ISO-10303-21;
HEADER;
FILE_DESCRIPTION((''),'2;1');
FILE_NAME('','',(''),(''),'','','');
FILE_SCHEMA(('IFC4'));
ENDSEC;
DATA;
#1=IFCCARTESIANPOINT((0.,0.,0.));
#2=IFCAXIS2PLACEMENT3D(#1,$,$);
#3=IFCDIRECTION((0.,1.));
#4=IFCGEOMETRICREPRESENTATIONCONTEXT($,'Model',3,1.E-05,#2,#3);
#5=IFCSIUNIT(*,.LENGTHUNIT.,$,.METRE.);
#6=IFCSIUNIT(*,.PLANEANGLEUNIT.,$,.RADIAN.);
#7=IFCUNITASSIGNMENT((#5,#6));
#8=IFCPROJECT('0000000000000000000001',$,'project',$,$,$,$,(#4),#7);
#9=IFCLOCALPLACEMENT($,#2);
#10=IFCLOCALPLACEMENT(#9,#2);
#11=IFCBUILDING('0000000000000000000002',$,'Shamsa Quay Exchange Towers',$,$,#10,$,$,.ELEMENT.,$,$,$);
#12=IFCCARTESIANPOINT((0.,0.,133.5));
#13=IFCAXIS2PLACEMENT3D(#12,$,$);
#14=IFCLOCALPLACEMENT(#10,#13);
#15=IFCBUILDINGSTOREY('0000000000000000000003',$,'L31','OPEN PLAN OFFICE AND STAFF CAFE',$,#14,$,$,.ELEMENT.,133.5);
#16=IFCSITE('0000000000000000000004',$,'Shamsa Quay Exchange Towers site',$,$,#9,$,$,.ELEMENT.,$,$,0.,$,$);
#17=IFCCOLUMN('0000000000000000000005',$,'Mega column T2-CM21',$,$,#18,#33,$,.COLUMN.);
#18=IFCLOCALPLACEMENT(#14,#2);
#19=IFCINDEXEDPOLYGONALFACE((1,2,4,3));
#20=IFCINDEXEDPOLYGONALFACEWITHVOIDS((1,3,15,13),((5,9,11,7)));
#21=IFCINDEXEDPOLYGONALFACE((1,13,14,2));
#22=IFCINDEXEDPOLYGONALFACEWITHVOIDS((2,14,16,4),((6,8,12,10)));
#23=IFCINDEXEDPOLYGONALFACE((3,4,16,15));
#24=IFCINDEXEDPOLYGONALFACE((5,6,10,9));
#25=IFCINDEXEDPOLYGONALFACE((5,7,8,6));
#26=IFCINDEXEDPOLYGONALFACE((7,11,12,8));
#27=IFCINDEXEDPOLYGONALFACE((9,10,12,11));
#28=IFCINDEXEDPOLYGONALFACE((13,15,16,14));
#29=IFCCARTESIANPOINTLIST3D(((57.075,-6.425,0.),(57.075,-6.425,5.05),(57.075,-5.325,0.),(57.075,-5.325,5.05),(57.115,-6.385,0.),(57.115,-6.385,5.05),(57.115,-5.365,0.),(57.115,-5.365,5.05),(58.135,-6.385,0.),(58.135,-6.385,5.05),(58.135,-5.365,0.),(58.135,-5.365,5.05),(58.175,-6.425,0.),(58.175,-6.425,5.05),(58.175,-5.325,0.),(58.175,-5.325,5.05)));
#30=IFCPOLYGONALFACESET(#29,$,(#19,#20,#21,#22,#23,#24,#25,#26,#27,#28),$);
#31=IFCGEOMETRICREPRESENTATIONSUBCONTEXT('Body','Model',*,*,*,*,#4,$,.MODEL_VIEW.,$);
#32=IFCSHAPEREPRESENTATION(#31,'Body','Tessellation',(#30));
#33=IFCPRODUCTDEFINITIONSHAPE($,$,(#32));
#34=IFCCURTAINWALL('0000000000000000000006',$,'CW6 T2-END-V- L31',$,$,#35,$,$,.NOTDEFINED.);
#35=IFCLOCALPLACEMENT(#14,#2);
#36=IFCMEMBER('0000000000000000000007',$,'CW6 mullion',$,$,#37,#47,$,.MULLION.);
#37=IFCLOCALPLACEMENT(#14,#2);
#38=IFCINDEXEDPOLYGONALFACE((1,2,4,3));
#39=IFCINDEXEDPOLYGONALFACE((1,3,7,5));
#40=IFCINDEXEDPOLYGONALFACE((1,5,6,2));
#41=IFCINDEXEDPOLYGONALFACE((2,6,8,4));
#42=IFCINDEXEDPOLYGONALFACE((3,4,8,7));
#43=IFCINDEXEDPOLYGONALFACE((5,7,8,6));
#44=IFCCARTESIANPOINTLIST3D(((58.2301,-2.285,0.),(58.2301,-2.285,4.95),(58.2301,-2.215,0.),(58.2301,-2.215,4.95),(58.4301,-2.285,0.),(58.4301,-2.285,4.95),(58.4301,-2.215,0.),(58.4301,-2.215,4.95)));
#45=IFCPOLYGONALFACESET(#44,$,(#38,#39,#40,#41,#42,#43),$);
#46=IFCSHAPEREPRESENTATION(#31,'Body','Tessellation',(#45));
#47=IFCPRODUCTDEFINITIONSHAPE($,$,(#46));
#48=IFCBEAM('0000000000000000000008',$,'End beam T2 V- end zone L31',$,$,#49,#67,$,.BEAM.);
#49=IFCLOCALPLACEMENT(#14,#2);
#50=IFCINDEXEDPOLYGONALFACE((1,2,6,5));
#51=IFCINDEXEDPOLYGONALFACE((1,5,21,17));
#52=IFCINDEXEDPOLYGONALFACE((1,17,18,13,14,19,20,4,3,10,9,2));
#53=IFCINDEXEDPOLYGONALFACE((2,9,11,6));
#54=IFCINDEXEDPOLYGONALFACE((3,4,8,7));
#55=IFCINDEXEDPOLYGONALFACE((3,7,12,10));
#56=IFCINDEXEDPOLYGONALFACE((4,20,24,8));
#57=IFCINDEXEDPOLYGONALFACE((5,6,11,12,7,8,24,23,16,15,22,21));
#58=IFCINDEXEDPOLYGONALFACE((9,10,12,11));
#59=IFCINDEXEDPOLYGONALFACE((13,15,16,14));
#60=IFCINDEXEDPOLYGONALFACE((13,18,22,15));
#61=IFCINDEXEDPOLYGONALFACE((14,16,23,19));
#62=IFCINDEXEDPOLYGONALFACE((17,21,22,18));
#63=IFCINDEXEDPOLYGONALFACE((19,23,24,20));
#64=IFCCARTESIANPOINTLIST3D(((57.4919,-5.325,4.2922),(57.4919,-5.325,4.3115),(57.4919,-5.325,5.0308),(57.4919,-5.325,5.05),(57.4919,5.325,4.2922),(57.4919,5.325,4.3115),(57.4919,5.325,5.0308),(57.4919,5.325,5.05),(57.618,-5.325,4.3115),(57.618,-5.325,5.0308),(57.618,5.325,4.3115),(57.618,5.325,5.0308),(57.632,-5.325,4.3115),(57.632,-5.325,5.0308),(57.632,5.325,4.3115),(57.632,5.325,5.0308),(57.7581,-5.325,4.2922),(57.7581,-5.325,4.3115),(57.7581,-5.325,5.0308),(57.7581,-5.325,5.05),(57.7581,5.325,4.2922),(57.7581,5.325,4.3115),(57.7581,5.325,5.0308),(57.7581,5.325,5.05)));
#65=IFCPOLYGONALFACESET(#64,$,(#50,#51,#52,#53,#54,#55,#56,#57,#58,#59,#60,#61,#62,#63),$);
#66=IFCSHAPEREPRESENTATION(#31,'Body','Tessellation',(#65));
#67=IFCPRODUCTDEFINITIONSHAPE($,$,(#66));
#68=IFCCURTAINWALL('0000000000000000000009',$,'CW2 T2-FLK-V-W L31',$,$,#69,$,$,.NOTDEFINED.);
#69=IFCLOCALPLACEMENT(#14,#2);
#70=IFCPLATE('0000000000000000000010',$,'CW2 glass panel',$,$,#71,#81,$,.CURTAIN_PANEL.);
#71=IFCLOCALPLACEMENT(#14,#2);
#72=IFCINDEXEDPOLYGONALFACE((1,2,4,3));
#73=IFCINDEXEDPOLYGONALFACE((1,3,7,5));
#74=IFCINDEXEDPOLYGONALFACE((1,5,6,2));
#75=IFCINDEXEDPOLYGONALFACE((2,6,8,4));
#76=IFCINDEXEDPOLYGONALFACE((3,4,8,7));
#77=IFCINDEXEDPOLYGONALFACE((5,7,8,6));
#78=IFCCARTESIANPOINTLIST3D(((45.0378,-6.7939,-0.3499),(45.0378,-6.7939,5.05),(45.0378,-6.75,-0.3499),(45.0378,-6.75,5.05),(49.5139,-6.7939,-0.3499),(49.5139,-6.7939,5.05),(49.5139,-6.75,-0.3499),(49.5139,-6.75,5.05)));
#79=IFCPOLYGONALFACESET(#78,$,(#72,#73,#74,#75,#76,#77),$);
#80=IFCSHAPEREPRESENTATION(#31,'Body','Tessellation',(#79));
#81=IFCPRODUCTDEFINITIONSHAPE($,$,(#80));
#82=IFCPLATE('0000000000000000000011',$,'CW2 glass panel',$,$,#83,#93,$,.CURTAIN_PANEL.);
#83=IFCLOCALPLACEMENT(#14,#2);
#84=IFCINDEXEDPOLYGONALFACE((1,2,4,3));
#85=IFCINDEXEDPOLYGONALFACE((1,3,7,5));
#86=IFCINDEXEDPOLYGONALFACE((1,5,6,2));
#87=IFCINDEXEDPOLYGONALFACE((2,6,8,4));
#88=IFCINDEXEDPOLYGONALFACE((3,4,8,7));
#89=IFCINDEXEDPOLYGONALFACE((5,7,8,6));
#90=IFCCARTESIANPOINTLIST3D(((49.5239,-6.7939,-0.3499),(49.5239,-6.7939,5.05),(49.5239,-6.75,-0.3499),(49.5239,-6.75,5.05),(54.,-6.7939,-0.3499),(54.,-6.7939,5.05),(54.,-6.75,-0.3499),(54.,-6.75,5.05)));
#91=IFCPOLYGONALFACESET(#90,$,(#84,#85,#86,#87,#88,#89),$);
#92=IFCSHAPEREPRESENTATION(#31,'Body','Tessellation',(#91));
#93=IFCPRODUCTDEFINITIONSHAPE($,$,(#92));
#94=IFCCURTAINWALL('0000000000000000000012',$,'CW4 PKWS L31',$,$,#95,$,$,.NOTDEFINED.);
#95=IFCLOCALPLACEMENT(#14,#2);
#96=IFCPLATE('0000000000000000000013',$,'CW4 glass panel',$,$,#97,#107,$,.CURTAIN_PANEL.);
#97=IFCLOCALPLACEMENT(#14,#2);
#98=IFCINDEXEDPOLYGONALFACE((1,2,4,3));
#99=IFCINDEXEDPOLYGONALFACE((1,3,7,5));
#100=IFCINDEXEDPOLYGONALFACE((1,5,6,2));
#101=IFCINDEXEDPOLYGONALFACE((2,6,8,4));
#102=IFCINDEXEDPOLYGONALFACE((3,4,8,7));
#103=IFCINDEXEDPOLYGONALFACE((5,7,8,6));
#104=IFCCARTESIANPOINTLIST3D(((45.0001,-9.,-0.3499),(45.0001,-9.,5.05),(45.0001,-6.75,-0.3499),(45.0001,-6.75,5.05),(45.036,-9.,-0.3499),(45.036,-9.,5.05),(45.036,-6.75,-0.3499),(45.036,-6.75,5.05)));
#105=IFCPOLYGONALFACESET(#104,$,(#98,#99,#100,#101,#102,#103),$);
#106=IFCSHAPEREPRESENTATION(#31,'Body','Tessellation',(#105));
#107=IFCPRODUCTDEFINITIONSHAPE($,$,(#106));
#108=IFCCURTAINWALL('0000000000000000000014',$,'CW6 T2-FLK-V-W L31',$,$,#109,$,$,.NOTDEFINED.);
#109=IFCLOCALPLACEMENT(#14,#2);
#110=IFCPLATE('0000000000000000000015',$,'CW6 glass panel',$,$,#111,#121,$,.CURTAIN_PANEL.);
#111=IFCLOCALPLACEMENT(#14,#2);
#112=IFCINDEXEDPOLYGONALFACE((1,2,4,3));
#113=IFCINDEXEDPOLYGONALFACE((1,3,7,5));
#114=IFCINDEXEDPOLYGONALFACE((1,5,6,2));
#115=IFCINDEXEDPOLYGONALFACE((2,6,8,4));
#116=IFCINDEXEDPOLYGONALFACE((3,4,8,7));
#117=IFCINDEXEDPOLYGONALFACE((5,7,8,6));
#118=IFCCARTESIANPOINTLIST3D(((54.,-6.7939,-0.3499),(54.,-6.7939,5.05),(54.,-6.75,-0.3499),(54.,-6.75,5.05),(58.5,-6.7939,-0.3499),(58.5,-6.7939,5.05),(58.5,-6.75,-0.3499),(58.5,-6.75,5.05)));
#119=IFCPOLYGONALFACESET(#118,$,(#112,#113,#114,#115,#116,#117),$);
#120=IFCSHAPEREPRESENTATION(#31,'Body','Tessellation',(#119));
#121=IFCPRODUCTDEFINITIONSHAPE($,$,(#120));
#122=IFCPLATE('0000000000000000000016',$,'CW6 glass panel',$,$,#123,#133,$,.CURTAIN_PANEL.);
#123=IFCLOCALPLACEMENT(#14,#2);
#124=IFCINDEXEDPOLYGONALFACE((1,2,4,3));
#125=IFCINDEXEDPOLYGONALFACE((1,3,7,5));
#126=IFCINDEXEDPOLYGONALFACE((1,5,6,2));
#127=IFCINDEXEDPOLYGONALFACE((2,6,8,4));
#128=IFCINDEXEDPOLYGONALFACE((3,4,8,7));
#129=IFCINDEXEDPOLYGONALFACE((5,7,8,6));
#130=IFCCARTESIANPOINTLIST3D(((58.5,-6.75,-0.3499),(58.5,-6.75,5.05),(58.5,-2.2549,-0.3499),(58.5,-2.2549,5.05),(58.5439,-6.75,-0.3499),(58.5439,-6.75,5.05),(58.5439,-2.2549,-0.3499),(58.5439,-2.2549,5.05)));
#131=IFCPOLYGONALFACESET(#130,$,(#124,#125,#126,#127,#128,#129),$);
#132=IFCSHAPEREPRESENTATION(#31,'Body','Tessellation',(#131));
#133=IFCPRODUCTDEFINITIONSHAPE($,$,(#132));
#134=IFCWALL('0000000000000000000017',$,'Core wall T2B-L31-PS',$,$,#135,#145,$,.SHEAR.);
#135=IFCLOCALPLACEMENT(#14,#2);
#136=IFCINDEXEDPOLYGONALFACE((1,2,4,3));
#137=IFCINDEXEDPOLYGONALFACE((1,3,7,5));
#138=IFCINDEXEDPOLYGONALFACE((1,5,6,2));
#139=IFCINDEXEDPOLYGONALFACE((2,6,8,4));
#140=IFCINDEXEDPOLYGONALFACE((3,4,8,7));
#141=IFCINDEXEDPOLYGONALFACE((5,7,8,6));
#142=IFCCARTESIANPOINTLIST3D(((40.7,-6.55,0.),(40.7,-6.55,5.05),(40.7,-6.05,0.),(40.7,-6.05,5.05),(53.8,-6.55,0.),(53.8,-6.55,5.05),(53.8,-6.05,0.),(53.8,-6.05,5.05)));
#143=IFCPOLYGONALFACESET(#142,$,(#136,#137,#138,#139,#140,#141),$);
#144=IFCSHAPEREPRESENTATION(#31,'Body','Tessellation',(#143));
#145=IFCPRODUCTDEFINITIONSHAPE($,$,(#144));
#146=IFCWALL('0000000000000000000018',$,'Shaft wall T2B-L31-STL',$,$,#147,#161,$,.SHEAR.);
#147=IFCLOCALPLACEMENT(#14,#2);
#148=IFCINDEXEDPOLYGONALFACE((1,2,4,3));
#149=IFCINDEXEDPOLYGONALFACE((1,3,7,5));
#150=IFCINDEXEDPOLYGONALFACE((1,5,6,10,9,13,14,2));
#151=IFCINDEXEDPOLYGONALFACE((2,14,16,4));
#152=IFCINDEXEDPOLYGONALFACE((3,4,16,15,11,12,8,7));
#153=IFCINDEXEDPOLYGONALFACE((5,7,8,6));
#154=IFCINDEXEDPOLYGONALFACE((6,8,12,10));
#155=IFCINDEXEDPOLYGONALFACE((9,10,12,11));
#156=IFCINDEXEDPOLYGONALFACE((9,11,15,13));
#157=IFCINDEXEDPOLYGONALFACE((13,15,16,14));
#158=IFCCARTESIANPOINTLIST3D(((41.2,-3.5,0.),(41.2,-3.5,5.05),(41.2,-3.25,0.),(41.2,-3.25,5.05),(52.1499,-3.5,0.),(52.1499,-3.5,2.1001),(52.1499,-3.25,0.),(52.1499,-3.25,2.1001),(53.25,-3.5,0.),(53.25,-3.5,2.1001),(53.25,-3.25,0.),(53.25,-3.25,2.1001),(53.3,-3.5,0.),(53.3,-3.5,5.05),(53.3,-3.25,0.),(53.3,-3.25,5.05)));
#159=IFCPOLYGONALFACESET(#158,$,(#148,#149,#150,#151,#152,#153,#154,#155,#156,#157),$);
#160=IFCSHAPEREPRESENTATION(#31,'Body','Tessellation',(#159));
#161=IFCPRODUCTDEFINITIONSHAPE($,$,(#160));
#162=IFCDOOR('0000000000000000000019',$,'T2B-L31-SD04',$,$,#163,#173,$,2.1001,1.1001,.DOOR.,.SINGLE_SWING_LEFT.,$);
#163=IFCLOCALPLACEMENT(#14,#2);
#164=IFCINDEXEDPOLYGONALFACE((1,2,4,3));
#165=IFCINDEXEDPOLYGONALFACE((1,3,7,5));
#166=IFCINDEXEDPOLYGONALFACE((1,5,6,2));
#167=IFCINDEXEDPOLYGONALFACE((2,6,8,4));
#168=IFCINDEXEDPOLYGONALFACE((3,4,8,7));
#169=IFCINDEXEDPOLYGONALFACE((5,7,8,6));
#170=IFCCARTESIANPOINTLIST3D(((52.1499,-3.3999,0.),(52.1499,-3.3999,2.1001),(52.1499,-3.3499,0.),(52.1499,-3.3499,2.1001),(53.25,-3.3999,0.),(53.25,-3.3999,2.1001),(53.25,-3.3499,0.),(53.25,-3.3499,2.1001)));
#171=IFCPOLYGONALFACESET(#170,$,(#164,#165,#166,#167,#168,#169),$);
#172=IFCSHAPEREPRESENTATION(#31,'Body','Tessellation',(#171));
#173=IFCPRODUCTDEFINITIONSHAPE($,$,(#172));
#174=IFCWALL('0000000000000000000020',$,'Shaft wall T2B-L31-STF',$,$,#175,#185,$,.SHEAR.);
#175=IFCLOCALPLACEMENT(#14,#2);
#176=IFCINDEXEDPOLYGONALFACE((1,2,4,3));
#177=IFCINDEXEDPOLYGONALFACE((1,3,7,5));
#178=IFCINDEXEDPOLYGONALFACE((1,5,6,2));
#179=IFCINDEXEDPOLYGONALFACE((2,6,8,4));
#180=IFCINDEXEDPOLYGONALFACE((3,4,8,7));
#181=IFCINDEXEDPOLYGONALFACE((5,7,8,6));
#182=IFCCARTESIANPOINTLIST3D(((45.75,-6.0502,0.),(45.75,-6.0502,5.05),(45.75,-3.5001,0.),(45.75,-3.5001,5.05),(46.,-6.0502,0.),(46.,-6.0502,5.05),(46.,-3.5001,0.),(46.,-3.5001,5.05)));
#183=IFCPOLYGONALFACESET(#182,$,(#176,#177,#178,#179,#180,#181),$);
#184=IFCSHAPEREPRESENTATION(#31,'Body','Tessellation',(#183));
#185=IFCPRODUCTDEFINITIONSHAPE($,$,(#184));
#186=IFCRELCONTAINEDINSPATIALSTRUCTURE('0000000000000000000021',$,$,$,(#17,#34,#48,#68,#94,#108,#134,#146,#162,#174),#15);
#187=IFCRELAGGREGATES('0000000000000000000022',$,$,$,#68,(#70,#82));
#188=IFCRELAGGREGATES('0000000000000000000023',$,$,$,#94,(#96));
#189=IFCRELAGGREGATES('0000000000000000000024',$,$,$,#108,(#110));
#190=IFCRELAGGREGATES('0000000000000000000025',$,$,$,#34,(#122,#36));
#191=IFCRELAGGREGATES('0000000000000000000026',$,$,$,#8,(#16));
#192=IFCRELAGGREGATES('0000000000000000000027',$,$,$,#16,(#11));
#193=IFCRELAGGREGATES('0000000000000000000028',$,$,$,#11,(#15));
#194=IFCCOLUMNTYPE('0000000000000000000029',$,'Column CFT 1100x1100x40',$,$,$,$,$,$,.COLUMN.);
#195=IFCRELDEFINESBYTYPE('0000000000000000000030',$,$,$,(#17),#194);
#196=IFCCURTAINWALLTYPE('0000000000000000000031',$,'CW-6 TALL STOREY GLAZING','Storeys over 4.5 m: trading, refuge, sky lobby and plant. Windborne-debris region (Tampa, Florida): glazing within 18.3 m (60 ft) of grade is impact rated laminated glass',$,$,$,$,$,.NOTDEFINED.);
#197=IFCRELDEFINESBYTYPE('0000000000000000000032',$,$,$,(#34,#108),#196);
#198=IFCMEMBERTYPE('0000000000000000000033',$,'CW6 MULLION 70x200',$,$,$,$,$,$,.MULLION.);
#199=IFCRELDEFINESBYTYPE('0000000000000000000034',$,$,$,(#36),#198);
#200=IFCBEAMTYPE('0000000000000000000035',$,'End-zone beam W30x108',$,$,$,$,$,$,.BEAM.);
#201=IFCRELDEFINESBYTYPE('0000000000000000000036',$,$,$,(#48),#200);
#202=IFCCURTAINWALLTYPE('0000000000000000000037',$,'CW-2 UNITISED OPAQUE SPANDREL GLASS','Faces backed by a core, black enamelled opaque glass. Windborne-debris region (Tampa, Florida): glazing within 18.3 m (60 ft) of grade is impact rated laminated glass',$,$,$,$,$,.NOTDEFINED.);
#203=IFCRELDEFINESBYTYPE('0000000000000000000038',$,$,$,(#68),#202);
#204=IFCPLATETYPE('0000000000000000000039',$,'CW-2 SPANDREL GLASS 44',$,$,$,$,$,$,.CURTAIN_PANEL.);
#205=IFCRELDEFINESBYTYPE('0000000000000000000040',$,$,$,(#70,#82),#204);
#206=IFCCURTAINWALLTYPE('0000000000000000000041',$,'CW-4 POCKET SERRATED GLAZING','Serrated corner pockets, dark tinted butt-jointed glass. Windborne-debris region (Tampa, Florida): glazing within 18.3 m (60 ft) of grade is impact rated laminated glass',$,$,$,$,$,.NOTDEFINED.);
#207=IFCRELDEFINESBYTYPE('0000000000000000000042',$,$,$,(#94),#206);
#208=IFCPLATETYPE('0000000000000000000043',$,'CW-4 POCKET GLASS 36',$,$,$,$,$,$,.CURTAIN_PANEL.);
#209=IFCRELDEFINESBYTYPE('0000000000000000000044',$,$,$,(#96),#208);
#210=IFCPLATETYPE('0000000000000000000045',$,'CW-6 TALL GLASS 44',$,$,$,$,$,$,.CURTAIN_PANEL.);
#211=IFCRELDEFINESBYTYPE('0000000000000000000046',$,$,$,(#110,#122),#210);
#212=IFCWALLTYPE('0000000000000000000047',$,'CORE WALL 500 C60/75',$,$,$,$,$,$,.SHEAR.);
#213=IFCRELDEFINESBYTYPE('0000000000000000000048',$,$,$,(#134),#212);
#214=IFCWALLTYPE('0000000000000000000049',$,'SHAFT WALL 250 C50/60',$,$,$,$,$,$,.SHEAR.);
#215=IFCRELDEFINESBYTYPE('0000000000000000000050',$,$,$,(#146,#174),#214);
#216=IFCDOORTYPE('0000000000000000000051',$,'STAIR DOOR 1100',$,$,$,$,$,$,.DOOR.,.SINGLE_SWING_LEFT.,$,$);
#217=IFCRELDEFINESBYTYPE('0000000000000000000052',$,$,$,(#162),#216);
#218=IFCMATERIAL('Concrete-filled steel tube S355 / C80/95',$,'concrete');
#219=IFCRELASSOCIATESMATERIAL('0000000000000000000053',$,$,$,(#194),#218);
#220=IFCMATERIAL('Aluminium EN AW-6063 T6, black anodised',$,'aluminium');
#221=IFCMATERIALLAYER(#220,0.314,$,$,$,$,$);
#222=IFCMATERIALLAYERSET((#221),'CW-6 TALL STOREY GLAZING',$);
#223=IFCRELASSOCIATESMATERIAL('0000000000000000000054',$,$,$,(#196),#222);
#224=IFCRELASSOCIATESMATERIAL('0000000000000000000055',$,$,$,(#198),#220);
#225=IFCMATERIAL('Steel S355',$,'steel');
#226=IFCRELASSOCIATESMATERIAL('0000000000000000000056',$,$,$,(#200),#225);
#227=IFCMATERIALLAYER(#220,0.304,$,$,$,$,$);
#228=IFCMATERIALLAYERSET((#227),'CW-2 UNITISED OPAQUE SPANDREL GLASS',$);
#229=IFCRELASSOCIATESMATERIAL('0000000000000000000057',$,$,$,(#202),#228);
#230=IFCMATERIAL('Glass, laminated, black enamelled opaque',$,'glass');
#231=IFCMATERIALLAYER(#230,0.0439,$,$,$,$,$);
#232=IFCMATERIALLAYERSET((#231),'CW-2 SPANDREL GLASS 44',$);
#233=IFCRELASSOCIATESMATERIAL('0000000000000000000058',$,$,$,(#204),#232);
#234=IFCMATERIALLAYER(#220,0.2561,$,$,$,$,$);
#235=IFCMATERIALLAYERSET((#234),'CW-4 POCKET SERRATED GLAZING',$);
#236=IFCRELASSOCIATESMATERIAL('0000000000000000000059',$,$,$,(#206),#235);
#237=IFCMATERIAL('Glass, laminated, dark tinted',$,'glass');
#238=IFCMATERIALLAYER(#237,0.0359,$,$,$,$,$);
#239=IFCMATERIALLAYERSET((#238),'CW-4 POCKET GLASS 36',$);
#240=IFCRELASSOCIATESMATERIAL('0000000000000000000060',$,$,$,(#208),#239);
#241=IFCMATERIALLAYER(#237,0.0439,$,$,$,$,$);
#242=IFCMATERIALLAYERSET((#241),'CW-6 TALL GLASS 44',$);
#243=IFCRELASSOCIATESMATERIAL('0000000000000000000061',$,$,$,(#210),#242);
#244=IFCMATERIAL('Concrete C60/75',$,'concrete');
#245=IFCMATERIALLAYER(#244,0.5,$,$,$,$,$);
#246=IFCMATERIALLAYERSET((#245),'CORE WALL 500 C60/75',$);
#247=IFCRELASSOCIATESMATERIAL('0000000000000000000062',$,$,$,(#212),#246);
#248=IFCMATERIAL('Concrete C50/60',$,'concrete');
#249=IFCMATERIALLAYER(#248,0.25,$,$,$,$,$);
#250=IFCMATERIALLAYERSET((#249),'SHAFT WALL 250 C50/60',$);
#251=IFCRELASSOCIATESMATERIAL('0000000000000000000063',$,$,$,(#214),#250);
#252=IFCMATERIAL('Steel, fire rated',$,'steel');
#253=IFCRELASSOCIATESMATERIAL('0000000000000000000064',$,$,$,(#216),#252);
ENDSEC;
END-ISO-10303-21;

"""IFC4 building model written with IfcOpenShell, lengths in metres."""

from ifc_helpers import new_model, si_unit, direction, frame, frame_2d, origin, origin_2d, place, context, subcontext, project, spatial, rectangle, hollow_rectangle, i_section, extrude, material, layer, layer_set, material_profile, profile_set, type_object, element, fill, aggregate, save


model = new_model("IFC4")

# Units and contexts
model_context = context("Model", 3, precision=1e-05, world=origin(), true_north=direction((0.0, 1.0)))
body_context = subcontext(model_context, "Body", "Model", "MODEL_VIEW")
ifc_project = project(units=[si_unit("LENGTHUNIT", "METRE"), si_unit("PLANEANGLEUNIT", "RADIAN")], contexts=[model_context])

# Site, building, storey
site_placement = place(None, origin())
site = spatial("IfcSite", under=ifc_project, at=site_placement, Name="Shamsa Quay Exchange Towers site", CompositionType="ELEMENT", RefElevation=0.0)
building_placement = place(site_placement, origin())
building = spatial("IfcBuilding", under=site, at=building_placement, Name="Shamsa Quay Exchange Towers", CompositionType="ELEMENT")
storey_placement = place(building_placement, frame((0.0, 0.0, 133.5)))
storey = spatial("IfcBuildingStorey", under=building, at=storey_placement, Name="L31", Description="OPEN PLAN OFFICE AND STAFF CAFE", CompositionType="ELEMENT", Elevation=133.5)

# Column
ifc_material_1 = material(Name="Concrete-filled steel tube S355 / C80/95", Category="concrete")
ifc_material_profile_1 = material_profile(ifc_material_1, hollow_rectangle(XDim=1.1001, YDim=1.1001, WallThickness=0.04, at=origin_2d()), Name="CFT 1100x1100x40")
ifc_profile_set_1 = profile_set([ifc_material_profile_1], Name="Concrete-filled steel tube S355 / C80/95")
column_type = type_object("IfcColumnType", Name="Column CFT 1100x1100x40", PredefinedType="COLUMN", material=ifc_profile_set_1)
column_placement = place(storey_placement, frame((57.625, -5.875, 0.0)))
element("IfcColumn", 1, at=column_placement, inside=storey, type_object=column_type, Name="Mega column T2-CM21", PredefinedType="COLUMN", context=body_context, shape_type="SweptSolid", body=[
    extrude(hollow_rectangle(XDim=1.1001, YDim=1.1001, WallThickness=0.04, at=origin_2d()), origin(), (0.0, 0.0, 1.0), 5.05),
])

# Curtain wall, member
ifc_material_2 = material(Name="Aluminium EN AW-6063 T6, black anodised", Category="aluminium")
ifc_layer_1 = layer(ifc_material_2, 0.314)
ifc_layer_set_1 = layer_set([ifc_layer_1], Name="CW-6 TALL STOREY GLAZING")
curtain_wall_type_1 = type_object("IfcCurtainWallType", Name="CW-6 TALL STOREY GLAZING", Description="Storeys over 4.5 m: trading, refuge, sky lobby and plant. Windborne-debris region (Tampa, Florida): glazing within 18.3 m (60 ft) of grade is impact rated laminated glass", PredefinedType="NOTDEFINED", material=ifc_layer_set_1)
curtain_wall_1_placement = place(storey_placement, origin())
curtain_wall_1 = element("IfcCurtainWall", 2, at=curtain_wall_1_placement, inside=storey, type_object=curtain_wall_type_1, Name="CW6 T2-END-V- L31", PredefinedType="NOTDEFINED")
ifc_material_profile_2 = material_profile(ifc_material_2, rectangle(XDim=0.2, YDim=0.0701, at=origin_2d()), Name="MU70x200")
ifc_profile_set_2 = profile_set([ifc_material_profile_2], Name="Aluminium EN AW-6063 T6, black anodised")
member_type = type_object("IfcMemberType", Name="CW6 MULLION 70x200", PredefinedType="MULLION", material=ifc_profile_set_2)
member_placement = place(storey_placement, frame((58.3301, -2.25, 0.0), z_axis=(0.0, 0.0, 1.0), x_axis=(-1.0, 0.0, 0.0)))
member = element("IfcMember", 3, at=member_placement, type_object=member_type, Name="CW6 mullion", PredefinedType="MULLION", context=body_context, shape_type="SweptSolid", body=[
    extrude(rectangle(XDim=0.2, YDim=0.0701, at=origin_2d()), origin(), (0.0, 0.0, 1.0), 4.95),
])

# Beam
ifc_material_3 = material(Name="Steel S355", Category="steel")
ifc_material_profile_3 = material_profile(ifc_material_3, i_section(OverallWidth=0.2661, OverallDepth=0.7578, WebThickness=0.0139, FlangeThickness=0.0193, at=origin_2d()), Name="W30x108")
ifc_profile_set_3 = profile_set([ifc_material_profile_3], Name="Steel S355")
beam_type = type_object("IfcBeamType", Name="End-zone beam W30x108", PredefinedType="BEAM", material=ifc_profile_set_3)
beam_placement = place(storey_placement, frame((57.625, -5.325, 4.6711), z_axis=(0.0, 1.0, 0.0), x_axis=(-1.0, 0.0, 0.0)))
element("IfcBeam", 4, at=beam_placement, inside=storey, type_object=beam_type, Name="End beam T2 V- end zone L31", PredefinedType="BEAM", context=body_context, shape_type="SweptSolid", body=[
    extrude(i_section(OverallWidth=0.2661, OverallDepth=0.7578, WebThickness=0.0139, FlangeThickness=0.0193, at=origin_2d()), origin(), (0.0, 0.0, 1.0), 10.6499),
])

# Curtain wall, plates
ifc_layer_2 = layer(ifc_material_2, 0.304)
ifc_layer_set_2 = layer_set([ifc_layer_2], Name="CW-2 UNITISED OPAQUE SPANDREL GLASS")
curtain_wall_type_2 = type_object("IfcCurtainWallType", Name="CW-2 UNITISED OPAQUE SPANDREL GLASS", Description="Faces backed by a core, black enamelled opaque glass. Windborne-debris region (Tampa, Florida): glazing within 18.3 m (60 ft) of grade is impact rated laminated glass", PredefinedType="NOTDEFINED", material=ifc_layer_set_2)
curtain_wall_2_placement = place(storey_placement, origin())
curtain_wall_2 = element("IfcCurtainWall", 5, at=curtain_wall_2_placement, inside=storey, type_object=curtain_wall_type_2, Name="CW2 T2-FLK-V-W L31", PredefinedType="NOTDEFINED")
ifc_material_4 = material(Name="Glass, laminated, black enamelled opaque", Category="glass")
ifc_layer_3 = layer(ifc_material_4, 0.0439)
ifc_layer_set_3 = layer_set([ifc_layer_3], Name="CW-2 SPANDREL GLASS 44")
plate_type_1 = type_object("IfcPlateType", Name="CW-2 SPANDREL GLASS 44", PredefinedType="CURTAIN_PANEL", material=ifc_layer_set_3)
plate_1_placement = place(storey_placement, frame((47.2759, -6.772, -0.3499)))
plate_1 = element("IfcPlate", 6, at=plate_1_placement, type_object=plate_type_1, Name="CW2 glass panel", PredefinedType="CURTAIN_PANEL", context=body_context, shape_type="SweptSolid", body=[
    extrude(rectangle(XDim=4.4761, YDim=0.0439, at=origin_2d()), origin(), (0.0, 0.0, 1.0), 5.3999),
])
plate_2_placement = place(storey_placement, frame((51.762, -6.772, -0.3499)))
plate_2 = element("IfcPlate", 7, at=plate_2_placement, type_object=plate_type_1, Name="CW2 glass panel", PredefinedType="CURTAIN_PANEL", context=body_context, shape_type="SweptSolid", body=[
    extrude(rectangle(XDim=4.4761, YDim=0.0439, at=origin_2d()), origin(), (0.0, 0.0, 1.0), 5.3999),
])
aggregate(curtain_wall_2, [plate_1, plate_2])

# Curtain walls, plates
ifc_layer_4 = layer(ifc_material_2, 0.2561)
ifc_layer_set_4 = layer_set([ifc_layer_4], Name="CW-4 POCKET SERRATED GLAZING")
curtain_wall_type_3 = type_object("IfcCurtainWallType", Name="CW-4 POCKET SERRATED GLAZING", Description="Serrated corner pockets, dark tinted butt-jointed glass. Windborne-debris region (Tampa, Florida): glazing within 18.3 m (60 ft) of grade is impact rated laminated glass", PredefinedType="NOTDEFINED", material=ifc_layer_set_4)
curtain_wall_3_placement = place(storey_placement, origin())
curtain_wall_3 = element("IfcCurtainWall", 8, at=curtain_wall_3_placement, inside=storey, type_object=curtain_wall_type_3, Name="CW4 PKWS L31", PredefinedType="NOTDEFINED")
ifc_material_5 = material(Name="Glass, laminated, dark tinted", Category="glass")
ifc_layer_5 = layer(ifc_material_5, 0.0359)
ifc_layer_set_5 = layer_set([ifc_layer_5], Name="CW-4 POCKET GLASS 36")
plate_type_2 = type_object("IfcPlateType", Name="CW-4 POCKET GLASS 36", PredefinedType="CURTAIN_PANEL", material=ifc_layer_set_5)
plate_3_placement = place(storey_placement, frame((45.0181, -7.875, -0.3499), z_axis=(0.0, 0.0, 1.0), x_axis=(0.0, 1.0, 0.0)))
plate_3 = element("IfcPlate", 9, at=plate_3_placement, type_object=plate_type_2, Name="CW4 glass panel", PredefinedType="CURTAIN_PANEL", context=body_context, shape_type="SweptSolid", body=[
    extrude(rectangle(XDim=2.25, YDim=0.0359, at=origin_2d()), origin(), (0.0, 0.0, 1.0), 5.3999),
])
aggregate(curtain_wall_3, [plate_3])
curtain_wall_4_placement = place(storey_placement, origin())
curtain_wall_4 = element("IfcCurtainWall", 10, at=curtain_wall_4_placement, inside=storey, type_object=curtain_wall_type_1, Name="CW6 T2-FLK-V-W L31", PredefinedType="NOTDEFINED")
ifc_layer_6 = layer(ifc_material_5, 0.0439)
ifc_layer_set_6 = layer_set([ifc_layer_6], Name="CW-6 TALL GLASS 44")
plate_type_3 = type_object("IfcPlateType", Name="CW-6 TALL GLASS 44", PredefinedType="CURTAIN_PANEL", material=ifc_layer_set_6)
plate_4_placement = place(storey_placement, frame((56.25, -6.772, -0.3499)))
plate_4 = element("IfcPlate", 11, at=plate_4_placement, type_object=plate_type_3, Name="CW6 glass panel", PredefinedType="CURTAIN_PANEL", context=body_context, shape_type="SweptSolid", body=[
    extrude(rectangle(XDim=4.5, YDim=0.0439, at=origin_2d()), origin(), (0.0, 0.0, 1.0), 5.3999),
])
aggregate(curtain_wall_4, [plate_4])

# Plate
plate_5_placement = place(storey_placement, frame((58.522, -4.5024, -0.3499), z_axis=(0.0, 0.0, 1.0), x_axis=(0.0, 1.0, 0.0)))
plate_5 = element("IfcPlate", 12, at=plate_5_placement, type_object=plate_type_3, Name="CW6 glass panel", PredefinedType="CURTAIN_PANEL", context=body_context, shape_type="SweptSolid", body=[
    extrude(rectangle(XDim=4.4951, YDim=0.0439, at=origin_2d()), origin(), (0.0, 0.0, 1.0), 5.3999),
])
aggregate(curtain_wall_1, [plate_5, member])

# Wall
ifc_material_6 = material(Name="Concrete C60/75", Category="concrete")
ifc_layer_7 = layer(ifc_material_6, 0.5)
ifc_layer_set_7 = layer_set([ifc_layer_7], Name="CORE WALL 500 C60/75")
wall_type_1 = type_object("IfcWallType", Name="CORE WALL 500 C60/75", PredefinedType="SHEAR", material=ifc_layer_set_7)
wall_1_placement = place(storey_placement, frame((53.8, -6.3, 0.0), z_axis=(0.0, 0.0, 1.0), x_axis=(-1.0, 0.0, 0.0)))
element("IfcWall", 13, at=wall_1_placement, inside=storey, type_object=wall_type_1, Name="Core wall T2B-L31-PS", PredefinedType="SHEAR", context=body_context, shape_type="SweptSolid", body=[
    extrude(rectangle(XDim=13.1001, YDim=0.5, at=frame_2d((6.55, 0.0))), origin(), (0.0, 0.0, 1.0), 5.05),
])

# Wall, opening, door
ifc_material_7 = material(Name="Steel, fire rated", Category="steel")
ifc_material_8 = material(Name="Concrete C50/60", Category="concrete")
ifc_layer_8 = layer(ifc_material_8, 0.25)
ifc_layer_set_8 = layer_set([ifc_layer_8], Name="SHAFT WALL 250 C50/60")
wall_type_2 = type_object("IfcWallType", Name="SHAFT WALL 250 C50/60", PredefinedType="SHEAR", material=ifc_layer_set_8)
wall_2_placement = place(storey_placement, frame((53.3, -3.375, 0.0), z_axis=(0.0, 0.0, 1.0), x_axis=(-1.0, 0.0, 0.0)))
wall_2 = element("IfcWall", 14, at=wall_2_placement, inside=storey, type_object=wall_type_2, Name="Shaft wall T2B-L31-STL", PredefinedType="SHEAR", context=body_context, shape_type="SweptSolid", body=[
    extrude(rectangle(XDim=12.1001, YDim=0.25, at=frame_2d((6.05, 0.0))), origin(), (0.0, 0.0, 1.0), 5.05),
])
opening_1_placement = place(wall_2_placement, frame((0.05, 0.0, 0.0)))
opening_1 = element("IfcOpeningElement", 15, at=opening_1_placement, cuts=wall_2, PredefinedType="OPENING", context=body_context, shape_type="SweptSolid", body=[
    extrude(rectangle(XDim=1.1001, YDim=2.1001, at=frame_2d((0.55, 1.05))), frame((0.0, 0.135, 0.0), z_axis=(0.0, -1.0, 0.0), x_axis=(1.0, 0.0, 0.0)), (0.0, 0.0, 1.0), 0.27),
])
door_type_1 = type_object("IfcDoorType", Name="STAIR DOOR 1100", OperationType="SINGLE_SWING_LEFT", PredefinedType="DOOR", material=ifc_material_7)
door_1_placement = place(opening_1_placement, origin())
door_1 = element("IfcDoor", 16, at=door_1_placement, inside=storey, type_object=door_type_1, Name="T2B-L31-SD04", OperationType="SINGLE_SWING_LEFT", OverallHeight=2.1001, OverallWidth=1.1001, PredefinedType="DOOR", context=body_context, shape_type="SweptSolid", body=[
    extrude(rectangle(XDim=1.1001, YDim=2.1001, at=frame_2d((0.55, 1.05))), frame((0.0, 0.0249, 0.0), z_axis=(0.0, -1.0, 0.0), x_axis=(1.0, 0.0, 0.0)), (0.0, 0.0, 1.0), 0.05),
])
fill(opening_1, door_1)

# Wall
wall_3_placement = place(storey_placement, frame((45.875, -6.05, 0.0), z_axis=(0.0, 0.0, 1.0), x_axis=(0.0, 1.0, 0.0)))
element("IfcWall", 17, at=wall_3_placement, inside=storey, type_object=wall_type_2, Name="Shaft wall T2B-L31-STF", PredefinedType="SHEAR", context=body_context, shape_type="SweptSolid", body=[
    extrude(rectangle(XDim=2.55, YDim=0.25, at=frame_2d((1.2749, 0.0))), origin(), (0.0, 0.0, 1.0), 5.05),
])

save(model, "model.ifc")
